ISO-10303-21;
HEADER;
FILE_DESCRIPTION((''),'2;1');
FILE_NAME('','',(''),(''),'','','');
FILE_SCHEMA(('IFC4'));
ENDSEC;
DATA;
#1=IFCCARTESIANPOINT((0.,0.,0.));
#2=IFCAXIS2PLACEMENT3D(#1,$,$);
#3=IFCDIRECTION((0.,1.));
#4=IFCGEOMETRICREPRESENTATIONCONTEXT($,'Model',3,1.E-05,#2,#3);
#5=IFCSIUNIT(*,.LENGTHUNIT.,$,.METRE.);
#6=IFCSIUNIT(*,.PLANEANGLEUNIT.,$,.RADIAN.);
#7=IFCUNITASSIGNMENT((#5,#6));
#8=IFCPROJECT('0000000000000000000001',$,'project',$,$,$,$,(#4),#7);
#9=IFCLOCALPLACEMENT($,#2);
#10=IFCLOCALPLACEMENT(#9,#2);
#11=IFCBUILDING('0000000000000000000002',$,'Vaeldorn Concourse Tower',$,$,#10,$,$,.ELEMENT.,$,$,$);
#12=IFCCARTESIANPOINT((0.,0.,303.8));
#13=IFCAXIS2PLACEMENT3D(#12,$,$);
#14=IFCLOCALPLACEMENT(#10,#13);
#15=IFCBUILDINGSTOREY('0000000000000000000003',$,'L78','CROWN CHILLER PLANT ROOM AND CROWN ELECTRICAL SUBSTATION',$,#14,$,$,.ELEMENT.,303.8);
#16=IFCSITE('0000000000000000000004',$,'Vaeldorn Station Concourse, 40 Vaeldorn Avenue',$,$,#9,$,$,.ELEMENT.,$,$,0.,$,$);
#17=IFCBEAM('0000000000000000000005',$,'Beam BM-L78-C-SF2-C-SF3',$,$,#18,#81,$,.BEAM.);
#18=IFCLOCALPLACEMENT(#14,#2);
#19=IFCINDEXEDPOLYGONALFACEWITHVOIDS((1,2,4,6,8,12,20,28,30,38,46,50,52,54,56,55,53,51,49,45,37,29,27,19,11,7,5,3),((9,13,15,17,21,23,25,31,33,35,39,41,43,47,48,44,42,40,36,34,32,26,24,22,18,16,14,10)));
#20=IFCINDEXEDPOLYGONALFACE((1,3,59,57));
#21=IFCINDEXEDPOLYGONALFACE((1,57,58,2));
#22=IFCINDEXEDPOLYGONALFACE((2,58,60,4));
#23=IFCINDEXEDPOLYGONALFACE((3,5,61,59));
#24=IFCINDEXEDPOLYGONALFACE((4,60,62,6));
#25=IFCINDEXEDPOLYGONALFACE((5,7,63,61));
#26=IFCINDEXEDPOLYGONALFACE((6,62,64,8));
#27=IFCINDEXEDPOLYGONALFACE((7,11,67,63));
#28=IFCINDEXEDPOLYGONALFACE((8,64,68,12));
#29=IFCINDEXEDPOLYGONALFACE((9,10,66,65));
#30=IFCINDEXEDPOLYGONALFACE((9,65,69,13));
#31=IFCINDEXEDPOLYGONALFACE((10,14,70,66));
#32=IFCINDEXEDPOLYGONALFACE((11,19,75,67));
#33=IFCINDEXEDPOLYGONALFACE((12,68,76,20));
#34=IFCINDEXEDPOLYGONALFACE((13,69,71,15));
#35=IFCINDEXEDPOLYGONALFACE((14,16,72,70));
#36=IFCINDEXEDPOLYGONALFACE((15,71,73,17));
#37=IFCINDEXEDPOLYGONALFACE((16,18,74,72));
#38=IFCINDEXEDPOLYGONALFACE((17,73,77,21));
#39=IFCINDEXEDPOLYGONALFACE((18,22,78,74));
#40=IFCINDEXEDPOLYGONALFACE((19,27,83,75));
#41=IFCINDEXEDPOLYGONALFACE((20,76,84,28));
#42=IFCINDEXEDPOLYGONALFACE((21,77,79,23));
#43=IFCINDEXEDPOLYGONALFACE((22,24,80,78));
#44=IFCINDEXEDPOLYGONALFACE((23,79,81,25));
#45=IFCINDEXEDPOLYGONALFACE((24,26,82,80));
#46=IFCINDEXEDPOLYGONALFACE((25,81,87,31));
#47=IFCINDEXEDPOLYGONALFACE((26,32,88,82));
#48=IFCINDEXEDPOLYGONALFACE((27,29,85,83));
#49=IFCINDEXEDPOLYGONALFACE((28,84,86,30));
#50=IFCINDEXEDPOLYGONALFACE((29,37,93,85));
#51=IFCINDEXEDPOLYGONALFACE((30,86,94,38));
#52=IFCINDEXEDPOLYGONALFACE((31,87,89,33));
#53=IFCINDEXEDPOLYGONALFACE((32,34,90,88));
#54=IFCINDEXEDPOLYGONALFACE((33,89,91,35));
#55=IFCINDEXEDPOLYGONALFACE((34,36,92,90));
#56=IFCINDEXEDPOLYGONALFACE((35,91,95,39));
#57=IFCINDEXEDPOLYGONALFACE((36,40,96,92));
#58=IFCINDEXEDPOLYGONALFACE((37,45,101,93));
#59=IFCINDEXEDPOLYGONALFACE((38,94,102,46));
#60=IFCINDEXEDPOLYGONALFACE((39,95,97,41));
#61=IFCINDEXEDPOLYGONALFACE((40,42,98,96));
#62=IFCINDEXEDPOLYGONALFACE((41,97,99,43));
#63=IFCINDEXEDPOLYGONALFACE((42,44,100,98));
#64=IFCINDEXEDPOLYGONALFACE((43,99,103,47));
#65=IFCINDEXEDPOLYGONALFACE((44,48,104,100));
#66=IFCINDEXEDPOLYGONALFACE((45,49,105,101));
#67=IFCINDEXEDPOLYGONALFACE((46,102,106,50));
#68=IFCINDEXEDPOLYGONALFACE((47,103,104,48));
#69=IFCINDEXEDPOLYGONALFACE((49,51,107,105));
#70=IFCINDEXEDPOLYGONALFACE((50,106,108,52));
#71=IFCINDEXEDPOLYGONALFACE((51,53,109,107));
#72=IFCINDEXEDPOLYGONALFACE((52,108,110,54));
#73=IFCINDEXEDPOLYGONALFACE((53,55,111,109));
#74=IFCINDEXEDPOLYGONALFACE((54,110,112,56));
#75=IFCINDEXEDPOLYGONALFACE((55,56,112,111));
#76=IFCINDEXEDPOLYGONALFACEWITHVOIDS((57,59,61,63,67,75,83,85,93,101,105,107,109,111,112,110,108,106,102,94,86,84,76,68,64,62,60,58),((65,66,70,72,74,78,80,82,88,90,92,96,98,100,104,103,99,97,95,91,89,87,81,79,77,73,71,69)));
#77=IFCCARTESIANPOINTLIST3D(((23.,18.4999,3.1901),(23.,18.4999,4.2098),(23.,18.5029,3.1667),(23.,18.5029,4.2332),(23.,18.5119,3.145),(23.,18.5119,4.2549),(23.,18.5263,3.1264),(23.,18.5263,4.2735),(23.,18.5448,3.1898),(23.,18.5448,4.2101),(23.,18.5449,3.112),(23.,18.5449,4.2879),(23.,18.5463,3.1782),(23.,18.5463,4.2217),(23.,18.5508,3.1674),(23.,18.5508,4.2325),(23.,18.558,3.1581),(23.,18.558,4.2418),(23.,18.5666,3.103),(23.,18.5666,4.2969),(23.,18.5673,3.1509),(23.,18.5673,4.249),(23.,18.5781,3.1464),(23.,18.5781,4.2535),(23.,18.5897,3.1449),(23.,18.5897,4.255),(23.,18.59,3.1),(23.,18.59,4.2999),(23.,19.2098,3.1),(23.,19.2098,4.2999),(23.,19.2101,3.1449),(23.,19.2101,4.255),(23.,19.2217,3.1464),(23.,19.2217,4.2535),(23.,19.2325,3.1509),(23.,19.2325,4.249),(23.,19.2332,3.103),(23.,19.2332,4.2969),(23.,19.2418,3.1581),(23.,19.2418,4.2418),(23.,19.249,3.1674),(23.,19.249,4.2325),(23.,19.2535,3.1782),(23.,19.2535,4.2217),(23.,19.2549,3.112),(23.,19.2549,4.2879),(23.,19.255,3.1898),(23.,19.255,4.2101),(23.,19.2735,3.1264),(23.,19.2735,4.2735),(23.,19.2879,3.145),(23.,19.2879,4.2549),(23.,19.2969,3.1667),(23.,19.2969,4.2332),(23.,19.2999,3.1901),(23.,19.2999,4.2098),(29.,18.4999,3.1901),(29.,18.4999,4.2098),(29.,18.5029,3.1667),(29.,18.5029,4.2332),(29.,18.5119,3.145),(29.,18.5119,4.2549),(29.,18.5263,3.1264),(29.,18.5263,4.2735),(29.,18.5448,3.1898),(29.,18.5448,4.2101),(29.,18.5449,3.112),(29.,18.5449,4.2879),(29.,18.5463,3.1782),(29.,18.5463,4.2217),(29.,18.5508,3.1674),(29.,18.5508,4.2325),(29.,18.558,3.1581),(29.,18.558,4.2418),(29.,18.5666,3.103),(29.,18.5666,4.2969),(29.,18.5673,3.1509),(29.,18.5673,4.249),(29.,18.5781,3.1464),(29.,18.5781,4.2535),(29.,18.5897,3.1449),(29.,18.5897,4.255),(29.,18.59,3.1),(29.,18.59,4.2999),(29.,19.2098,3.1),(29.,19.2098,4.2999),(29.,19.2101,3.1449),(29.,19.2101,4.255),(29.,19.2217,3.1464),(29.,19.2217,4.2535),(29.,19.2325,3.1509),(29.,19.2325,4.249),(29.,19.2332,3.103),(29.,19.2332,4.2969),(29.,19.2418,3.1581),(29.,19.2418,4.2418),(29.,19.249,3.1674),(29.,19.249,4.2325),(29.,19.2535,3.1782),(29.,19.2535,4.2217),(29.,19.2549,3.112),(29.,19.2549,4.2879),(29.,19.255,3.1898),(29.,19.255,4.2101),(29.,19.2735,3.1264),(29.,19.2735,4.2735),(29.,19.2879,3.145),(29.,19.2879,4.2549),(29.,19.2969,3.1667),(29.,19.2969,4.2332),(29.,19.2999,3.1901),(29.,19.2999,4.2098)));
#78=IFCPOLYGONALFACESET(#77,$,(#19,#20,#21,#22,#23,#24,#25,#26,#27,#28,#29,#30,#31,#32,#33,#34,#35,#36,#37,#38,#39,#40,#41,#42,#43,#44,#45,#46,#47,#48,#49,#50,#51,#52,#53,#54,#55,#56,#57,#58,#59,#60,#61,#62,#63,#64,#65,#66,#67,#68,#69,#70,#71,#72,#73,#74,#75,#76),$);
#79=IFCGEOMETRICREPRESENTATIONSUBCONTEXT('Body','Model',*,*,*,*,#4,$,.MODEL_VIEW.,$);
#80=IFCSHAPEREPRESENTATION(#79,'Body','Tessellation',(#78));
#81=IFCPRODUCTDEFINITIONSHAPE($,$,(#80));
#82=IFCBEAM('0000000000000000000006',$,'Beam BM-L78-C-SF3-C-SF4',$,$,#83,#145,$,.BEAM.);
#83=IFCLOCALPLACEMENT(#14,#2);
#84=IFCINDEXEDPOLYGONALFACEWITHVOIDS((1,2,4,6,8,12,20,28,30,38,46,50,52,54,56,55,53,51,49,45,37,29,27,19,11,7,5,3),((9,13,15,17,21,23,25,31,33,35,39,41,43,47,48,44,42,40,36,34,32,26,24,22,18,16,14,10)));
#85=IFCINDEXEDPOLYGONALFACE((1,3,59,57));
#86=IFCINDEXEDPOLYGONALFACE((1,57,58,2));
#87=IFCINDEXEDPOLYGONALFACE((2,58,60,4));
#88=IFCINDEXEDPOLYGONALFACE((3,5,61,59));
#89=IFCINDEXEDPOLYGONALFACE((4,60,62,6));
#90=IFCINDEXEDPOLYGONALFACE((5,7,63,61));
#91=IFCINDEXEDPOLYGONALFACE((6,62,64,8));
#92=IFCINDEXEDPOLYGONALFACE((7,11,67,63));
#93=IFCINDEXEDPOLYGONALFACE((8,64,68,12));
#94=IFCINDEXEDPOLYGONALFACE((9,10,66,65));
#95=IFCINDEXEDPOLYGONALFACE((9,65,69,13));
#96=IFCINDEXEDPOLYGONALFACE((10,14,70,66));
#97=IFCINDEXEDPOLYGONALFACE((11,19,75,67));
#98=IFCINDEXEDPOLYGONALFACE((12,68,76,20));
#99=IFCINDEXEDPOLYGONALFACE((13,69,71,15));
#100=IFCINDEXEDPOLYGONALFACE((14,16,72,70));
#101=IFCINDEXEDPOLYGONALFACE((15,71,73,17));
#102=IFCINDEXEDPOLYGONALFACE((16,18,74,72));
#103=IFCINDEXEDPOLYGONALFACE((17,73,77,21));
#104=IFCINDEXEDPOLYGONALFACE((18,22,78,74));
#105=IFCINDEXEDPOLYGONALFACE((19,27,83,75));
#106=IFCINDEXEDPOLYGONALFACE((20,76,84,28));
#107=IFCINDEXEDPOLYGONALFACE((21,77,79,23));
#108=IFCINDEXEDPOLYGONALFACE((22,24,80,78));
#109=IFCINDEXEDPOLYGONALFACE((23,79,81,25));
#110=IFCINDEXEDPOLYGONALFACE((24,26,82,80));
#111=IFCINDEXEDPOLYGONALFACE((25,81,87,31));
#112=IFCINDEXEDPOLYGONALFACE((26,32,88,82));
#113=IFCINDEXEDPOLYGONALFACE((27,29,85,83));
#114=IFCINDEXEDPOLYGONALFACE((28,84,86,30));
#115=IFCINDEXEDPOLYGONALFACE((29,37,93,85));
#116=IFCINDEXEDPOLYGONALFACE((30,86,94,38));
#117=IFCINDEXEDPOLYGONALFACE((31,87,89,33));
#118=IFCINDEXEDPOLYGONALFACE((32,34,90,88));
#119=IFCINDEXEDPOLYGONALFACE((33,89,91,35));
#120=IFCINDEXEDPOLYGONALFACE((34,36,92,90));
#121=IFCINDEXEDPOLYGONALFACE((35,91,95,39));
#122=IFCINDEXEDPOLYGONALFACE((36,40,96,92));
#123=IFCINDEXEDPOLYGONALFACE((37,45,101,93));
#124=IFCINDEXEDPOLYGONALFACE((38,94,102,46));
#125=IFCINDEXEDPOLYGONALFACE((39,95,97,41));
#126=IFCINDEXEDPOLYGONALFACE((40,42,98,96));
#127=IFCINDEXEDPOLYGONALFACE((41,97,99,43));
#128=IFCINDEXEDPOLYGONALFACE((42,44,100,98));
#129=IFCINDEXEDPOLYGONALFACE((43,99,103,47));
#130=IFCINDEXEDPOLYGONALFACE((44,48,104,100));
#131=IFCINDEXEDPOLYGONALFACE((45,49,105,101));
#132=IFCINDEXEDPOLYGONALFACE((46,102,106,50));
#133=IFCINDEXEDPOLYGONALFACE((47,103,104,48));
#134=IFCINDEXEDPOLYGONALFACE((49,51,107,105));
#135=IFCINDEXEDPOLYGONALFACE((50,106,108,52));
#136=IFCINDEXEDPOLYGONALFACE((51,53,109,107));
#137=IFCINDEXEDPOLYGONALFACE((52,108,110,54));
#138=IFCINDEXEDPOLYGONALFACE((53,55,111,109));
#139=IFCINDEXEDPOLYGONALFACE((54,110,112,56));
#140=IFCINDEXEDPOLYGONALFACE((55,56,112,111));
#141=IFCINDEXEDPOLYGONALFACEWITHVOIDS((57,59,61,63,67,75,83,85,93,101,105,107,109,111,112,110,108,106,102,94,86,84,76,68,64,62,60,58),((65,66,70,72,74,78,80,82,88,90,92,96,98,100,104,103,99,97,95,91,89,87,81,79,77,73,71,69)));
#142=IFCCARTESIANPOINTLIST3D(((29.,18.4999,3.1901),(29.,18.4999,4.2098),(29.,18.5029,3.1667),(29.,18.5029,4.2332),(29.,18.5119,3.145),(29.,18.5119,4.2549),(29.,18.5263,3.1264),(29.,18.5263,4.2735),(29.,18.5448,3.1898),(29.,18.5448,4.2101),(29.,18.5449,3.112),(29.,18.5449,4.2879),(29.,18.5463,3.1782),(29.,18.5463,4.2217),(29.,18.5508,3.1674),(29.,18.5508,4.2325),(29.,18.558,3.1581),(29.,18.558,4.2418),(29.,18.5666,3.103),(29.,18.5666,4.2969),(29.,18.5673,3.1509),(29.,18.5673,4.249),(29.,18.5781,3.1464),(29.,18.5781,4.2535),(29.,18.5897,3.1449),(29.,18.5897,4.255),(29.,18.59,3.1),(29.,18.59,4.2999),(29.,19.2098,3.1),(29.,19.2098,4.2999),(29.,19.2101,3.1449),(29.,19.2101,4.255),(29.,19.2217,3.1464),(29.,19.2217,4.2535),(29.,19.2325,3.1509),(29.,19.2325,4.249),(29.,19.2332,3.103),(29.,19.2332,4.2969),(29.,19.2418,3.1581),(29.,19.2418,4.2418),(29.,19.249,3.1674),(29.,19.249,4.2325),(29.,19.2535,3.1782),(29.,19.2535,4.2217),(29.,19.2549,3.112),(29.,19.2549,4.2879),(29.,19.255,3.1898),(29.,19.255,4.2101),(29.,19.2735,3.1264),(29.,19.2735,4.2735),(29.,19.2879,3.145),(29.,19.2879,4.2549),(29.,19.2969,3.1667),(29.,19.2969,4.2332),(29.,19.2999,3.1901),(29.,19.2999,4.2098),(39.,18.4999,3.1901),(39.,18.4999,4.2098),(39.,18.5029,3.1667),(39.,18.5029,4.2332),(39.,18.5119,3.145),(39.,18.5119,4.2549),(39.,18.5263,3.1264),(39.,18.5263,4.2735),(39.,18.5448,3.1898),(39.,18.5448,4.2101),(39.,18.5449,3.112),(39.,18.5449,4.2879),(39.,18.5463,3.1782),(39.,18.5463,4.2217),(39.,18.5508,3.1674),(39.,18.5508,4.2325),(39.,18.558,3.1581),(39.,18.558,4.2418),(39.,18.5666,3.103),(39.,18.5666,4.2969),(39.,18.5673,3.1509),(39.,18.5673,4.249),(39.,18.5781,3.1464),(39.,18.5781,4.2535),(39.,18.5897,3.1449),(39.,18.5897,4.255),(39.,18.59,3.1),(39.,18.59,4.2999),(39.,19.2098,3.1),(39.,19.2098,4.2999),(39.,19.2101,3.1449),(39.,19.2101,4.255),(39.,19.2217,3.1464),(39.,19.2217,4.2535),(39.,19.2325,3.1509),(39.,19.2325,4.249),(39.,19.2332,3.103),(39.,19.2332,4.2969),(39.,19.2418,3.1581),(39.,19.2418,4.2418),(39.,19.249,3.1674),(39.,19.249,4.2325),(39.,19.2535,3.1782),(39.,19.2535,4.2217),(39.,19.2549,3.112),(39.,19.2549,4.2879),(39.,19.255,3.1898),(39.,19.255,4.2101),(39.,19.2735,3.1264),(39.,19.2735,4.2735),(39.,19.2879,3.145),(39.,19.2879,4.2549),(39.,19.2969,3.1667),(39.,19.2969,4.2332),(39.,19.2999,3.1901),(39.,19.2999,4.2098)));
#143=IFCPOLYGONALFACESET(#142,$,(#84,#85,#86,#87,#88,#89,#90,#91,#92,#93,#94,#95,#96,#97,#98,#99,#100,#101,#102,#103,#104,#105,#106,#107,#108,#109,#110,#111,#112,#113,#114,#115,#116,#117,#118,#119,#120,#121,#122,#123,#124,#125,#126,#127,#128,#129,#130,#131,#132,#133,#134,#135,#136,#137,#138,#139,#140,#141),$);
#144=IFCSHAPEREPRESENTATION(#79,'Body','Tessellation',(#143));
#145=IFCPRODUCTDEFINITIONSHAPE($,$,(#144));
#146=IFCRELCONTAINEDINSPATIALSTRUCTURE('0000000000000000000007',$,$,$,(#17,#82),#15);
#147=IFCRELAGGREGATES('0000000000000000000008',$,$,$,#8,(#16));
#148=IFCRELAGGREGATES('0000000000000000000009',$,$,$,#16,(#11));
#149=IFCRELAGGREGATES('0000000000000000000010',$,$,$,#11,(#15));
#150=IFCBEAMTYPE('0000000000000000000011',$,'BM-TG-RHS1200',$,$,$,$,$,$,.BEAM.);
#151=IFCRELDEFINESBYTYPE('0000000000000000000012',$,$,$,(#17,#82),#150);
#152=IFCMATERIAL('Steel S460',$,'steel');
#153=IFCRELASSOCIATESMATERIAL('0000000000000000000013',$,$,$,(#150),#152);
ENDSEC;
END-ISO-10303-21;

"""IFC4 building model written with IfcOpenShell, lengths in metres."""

from ifc_helpers import new_model, si_unit, direction, frame, origin, origin_2d, place, context, subcontext, project, spatial, hollow_rectangle, extrude, source, transform, mapped, material, material_profile, profile_set, type_object, element, save


model = new_model("IFC4")

# Units and contexts
model_context = context("Model", 3, precision=1e-05, world=origin(), true_north=direction((0.0, 1.0)))
body_context = subcontext(model_context, "Body", "Model", "MODEL_VIEW")
ifc_project = project(units=[si_unit("LENGTHUNIT", "METRE"), si_unit("PLANEANGLEUNIT", "RADIAN")], contexts=[model_context])

# Site, building, storey
site_placement = place(None, origin())
site = spatial("IfcSite", under=ifc_project, at=site_placement, Name="Vaeldorn Station Concourse, 40 Vaeldorn Avenue", CompositionType="ELEMENT", RefElevation=0.0)
building_placement = place(site_placement, origin())
building = spatial("IfcBuilding", under=site, at=building_placement, Name="Vaeldorn Concourse Tower", CompositionType="ELEMENT")
storey_placement = place(building_placement, frame((0.0, 0.0, 303.8)))
storey = spatial("IfcBuildingStorey", under=building, at=storey_placement, Name="L78", Description="CROWN CHILLER PLANT ROOM AND CROWN ELECTRICAL SUBSTATION", CompositionType="ELEMENT", Elevation=303.8)

# Beams
ifc_material_1 = material(Name="Steel S460", Category="steel")
ifc_material_profile_1 = material_profile(ifc_material_1, hollow_rectangle(XDim=0.8, YDim=1.2, WallThickness=0.0449, InnerFilletRadius=0.0449, OuterFilletRadius=0.0901, at=origin_2d()), Name="RHS 1200x800x45")
ifc_profile_set_1 = profile_set([ifc_material_profile_1], Name="Steel S460")
beam_type_1 = type_object("IfcBeamType", Name="BM-TG-RHS1200", PredefinedType="BEAM", material=ifc_profile_set_1)
shared_shape_1 = source(origin(), body_context, "Body", "SweptSolid", [
    extrude(hollow_rectangle(XDim=0.8, YDim=1.2, WallThickness=0.0449, InnerFilletRadius=0.0449, OuterFilletRadius=0.0901, at=origin_2d()), origin(), (0.0, 0.0, 1.0), 6.0),
])
beam_1_placement = place(storey_placement, frame((23.0, 18.8999, 3.7), z_axis=(1.0, 0.0, 0.0), x_axis=(0.0, 1.0, 0.0)))
element("IfcBeam", 1, at=beam_1_placement, inside=storey, type_object=beam_type_1, Name="Beam BM-L78-C-SF2-C-SF3", PredefinedType="BEAM", context=body_context, shape_type="MappedRepresentation", body=[
    mapped(shared_shape_1, transform((0.0, 0.0, 0.0), scale=1.0)),
])
shared_shape_2 = source(origin(), body_context, "Body", "SweptSolid", [
    extrude(hollow_rectangle(XDim=0.8, YDim=1.2, WallThickness=0.0449, InnerFilletRadius=0.0449, OuterFilletRadius=0.0901, at=origin_2d()), origin(), (0.0, 0.0, 1.0), 10.0),
])
beam_2_placement = place(storey_placement, frame((29.0, 18.8999, 3.7), z_axis=(1.0, 0.0, 0.0), x_axis=(0.0, 1.0, 0.0)))
element("IfcBeam", 2, at=beam_2_placement, inside=storey, type_object=beam_type_1, Name="Beam BM-L78-C-SF3-C-SF4", PredefinedType="BEAM", context=body_context, shape_type="MappedRepresentation", body=[
    mapped(shared_shape_2, transform((0.0, 0.0, 0.0), scale=1.0)),
])

save(model, "model.ifc")
